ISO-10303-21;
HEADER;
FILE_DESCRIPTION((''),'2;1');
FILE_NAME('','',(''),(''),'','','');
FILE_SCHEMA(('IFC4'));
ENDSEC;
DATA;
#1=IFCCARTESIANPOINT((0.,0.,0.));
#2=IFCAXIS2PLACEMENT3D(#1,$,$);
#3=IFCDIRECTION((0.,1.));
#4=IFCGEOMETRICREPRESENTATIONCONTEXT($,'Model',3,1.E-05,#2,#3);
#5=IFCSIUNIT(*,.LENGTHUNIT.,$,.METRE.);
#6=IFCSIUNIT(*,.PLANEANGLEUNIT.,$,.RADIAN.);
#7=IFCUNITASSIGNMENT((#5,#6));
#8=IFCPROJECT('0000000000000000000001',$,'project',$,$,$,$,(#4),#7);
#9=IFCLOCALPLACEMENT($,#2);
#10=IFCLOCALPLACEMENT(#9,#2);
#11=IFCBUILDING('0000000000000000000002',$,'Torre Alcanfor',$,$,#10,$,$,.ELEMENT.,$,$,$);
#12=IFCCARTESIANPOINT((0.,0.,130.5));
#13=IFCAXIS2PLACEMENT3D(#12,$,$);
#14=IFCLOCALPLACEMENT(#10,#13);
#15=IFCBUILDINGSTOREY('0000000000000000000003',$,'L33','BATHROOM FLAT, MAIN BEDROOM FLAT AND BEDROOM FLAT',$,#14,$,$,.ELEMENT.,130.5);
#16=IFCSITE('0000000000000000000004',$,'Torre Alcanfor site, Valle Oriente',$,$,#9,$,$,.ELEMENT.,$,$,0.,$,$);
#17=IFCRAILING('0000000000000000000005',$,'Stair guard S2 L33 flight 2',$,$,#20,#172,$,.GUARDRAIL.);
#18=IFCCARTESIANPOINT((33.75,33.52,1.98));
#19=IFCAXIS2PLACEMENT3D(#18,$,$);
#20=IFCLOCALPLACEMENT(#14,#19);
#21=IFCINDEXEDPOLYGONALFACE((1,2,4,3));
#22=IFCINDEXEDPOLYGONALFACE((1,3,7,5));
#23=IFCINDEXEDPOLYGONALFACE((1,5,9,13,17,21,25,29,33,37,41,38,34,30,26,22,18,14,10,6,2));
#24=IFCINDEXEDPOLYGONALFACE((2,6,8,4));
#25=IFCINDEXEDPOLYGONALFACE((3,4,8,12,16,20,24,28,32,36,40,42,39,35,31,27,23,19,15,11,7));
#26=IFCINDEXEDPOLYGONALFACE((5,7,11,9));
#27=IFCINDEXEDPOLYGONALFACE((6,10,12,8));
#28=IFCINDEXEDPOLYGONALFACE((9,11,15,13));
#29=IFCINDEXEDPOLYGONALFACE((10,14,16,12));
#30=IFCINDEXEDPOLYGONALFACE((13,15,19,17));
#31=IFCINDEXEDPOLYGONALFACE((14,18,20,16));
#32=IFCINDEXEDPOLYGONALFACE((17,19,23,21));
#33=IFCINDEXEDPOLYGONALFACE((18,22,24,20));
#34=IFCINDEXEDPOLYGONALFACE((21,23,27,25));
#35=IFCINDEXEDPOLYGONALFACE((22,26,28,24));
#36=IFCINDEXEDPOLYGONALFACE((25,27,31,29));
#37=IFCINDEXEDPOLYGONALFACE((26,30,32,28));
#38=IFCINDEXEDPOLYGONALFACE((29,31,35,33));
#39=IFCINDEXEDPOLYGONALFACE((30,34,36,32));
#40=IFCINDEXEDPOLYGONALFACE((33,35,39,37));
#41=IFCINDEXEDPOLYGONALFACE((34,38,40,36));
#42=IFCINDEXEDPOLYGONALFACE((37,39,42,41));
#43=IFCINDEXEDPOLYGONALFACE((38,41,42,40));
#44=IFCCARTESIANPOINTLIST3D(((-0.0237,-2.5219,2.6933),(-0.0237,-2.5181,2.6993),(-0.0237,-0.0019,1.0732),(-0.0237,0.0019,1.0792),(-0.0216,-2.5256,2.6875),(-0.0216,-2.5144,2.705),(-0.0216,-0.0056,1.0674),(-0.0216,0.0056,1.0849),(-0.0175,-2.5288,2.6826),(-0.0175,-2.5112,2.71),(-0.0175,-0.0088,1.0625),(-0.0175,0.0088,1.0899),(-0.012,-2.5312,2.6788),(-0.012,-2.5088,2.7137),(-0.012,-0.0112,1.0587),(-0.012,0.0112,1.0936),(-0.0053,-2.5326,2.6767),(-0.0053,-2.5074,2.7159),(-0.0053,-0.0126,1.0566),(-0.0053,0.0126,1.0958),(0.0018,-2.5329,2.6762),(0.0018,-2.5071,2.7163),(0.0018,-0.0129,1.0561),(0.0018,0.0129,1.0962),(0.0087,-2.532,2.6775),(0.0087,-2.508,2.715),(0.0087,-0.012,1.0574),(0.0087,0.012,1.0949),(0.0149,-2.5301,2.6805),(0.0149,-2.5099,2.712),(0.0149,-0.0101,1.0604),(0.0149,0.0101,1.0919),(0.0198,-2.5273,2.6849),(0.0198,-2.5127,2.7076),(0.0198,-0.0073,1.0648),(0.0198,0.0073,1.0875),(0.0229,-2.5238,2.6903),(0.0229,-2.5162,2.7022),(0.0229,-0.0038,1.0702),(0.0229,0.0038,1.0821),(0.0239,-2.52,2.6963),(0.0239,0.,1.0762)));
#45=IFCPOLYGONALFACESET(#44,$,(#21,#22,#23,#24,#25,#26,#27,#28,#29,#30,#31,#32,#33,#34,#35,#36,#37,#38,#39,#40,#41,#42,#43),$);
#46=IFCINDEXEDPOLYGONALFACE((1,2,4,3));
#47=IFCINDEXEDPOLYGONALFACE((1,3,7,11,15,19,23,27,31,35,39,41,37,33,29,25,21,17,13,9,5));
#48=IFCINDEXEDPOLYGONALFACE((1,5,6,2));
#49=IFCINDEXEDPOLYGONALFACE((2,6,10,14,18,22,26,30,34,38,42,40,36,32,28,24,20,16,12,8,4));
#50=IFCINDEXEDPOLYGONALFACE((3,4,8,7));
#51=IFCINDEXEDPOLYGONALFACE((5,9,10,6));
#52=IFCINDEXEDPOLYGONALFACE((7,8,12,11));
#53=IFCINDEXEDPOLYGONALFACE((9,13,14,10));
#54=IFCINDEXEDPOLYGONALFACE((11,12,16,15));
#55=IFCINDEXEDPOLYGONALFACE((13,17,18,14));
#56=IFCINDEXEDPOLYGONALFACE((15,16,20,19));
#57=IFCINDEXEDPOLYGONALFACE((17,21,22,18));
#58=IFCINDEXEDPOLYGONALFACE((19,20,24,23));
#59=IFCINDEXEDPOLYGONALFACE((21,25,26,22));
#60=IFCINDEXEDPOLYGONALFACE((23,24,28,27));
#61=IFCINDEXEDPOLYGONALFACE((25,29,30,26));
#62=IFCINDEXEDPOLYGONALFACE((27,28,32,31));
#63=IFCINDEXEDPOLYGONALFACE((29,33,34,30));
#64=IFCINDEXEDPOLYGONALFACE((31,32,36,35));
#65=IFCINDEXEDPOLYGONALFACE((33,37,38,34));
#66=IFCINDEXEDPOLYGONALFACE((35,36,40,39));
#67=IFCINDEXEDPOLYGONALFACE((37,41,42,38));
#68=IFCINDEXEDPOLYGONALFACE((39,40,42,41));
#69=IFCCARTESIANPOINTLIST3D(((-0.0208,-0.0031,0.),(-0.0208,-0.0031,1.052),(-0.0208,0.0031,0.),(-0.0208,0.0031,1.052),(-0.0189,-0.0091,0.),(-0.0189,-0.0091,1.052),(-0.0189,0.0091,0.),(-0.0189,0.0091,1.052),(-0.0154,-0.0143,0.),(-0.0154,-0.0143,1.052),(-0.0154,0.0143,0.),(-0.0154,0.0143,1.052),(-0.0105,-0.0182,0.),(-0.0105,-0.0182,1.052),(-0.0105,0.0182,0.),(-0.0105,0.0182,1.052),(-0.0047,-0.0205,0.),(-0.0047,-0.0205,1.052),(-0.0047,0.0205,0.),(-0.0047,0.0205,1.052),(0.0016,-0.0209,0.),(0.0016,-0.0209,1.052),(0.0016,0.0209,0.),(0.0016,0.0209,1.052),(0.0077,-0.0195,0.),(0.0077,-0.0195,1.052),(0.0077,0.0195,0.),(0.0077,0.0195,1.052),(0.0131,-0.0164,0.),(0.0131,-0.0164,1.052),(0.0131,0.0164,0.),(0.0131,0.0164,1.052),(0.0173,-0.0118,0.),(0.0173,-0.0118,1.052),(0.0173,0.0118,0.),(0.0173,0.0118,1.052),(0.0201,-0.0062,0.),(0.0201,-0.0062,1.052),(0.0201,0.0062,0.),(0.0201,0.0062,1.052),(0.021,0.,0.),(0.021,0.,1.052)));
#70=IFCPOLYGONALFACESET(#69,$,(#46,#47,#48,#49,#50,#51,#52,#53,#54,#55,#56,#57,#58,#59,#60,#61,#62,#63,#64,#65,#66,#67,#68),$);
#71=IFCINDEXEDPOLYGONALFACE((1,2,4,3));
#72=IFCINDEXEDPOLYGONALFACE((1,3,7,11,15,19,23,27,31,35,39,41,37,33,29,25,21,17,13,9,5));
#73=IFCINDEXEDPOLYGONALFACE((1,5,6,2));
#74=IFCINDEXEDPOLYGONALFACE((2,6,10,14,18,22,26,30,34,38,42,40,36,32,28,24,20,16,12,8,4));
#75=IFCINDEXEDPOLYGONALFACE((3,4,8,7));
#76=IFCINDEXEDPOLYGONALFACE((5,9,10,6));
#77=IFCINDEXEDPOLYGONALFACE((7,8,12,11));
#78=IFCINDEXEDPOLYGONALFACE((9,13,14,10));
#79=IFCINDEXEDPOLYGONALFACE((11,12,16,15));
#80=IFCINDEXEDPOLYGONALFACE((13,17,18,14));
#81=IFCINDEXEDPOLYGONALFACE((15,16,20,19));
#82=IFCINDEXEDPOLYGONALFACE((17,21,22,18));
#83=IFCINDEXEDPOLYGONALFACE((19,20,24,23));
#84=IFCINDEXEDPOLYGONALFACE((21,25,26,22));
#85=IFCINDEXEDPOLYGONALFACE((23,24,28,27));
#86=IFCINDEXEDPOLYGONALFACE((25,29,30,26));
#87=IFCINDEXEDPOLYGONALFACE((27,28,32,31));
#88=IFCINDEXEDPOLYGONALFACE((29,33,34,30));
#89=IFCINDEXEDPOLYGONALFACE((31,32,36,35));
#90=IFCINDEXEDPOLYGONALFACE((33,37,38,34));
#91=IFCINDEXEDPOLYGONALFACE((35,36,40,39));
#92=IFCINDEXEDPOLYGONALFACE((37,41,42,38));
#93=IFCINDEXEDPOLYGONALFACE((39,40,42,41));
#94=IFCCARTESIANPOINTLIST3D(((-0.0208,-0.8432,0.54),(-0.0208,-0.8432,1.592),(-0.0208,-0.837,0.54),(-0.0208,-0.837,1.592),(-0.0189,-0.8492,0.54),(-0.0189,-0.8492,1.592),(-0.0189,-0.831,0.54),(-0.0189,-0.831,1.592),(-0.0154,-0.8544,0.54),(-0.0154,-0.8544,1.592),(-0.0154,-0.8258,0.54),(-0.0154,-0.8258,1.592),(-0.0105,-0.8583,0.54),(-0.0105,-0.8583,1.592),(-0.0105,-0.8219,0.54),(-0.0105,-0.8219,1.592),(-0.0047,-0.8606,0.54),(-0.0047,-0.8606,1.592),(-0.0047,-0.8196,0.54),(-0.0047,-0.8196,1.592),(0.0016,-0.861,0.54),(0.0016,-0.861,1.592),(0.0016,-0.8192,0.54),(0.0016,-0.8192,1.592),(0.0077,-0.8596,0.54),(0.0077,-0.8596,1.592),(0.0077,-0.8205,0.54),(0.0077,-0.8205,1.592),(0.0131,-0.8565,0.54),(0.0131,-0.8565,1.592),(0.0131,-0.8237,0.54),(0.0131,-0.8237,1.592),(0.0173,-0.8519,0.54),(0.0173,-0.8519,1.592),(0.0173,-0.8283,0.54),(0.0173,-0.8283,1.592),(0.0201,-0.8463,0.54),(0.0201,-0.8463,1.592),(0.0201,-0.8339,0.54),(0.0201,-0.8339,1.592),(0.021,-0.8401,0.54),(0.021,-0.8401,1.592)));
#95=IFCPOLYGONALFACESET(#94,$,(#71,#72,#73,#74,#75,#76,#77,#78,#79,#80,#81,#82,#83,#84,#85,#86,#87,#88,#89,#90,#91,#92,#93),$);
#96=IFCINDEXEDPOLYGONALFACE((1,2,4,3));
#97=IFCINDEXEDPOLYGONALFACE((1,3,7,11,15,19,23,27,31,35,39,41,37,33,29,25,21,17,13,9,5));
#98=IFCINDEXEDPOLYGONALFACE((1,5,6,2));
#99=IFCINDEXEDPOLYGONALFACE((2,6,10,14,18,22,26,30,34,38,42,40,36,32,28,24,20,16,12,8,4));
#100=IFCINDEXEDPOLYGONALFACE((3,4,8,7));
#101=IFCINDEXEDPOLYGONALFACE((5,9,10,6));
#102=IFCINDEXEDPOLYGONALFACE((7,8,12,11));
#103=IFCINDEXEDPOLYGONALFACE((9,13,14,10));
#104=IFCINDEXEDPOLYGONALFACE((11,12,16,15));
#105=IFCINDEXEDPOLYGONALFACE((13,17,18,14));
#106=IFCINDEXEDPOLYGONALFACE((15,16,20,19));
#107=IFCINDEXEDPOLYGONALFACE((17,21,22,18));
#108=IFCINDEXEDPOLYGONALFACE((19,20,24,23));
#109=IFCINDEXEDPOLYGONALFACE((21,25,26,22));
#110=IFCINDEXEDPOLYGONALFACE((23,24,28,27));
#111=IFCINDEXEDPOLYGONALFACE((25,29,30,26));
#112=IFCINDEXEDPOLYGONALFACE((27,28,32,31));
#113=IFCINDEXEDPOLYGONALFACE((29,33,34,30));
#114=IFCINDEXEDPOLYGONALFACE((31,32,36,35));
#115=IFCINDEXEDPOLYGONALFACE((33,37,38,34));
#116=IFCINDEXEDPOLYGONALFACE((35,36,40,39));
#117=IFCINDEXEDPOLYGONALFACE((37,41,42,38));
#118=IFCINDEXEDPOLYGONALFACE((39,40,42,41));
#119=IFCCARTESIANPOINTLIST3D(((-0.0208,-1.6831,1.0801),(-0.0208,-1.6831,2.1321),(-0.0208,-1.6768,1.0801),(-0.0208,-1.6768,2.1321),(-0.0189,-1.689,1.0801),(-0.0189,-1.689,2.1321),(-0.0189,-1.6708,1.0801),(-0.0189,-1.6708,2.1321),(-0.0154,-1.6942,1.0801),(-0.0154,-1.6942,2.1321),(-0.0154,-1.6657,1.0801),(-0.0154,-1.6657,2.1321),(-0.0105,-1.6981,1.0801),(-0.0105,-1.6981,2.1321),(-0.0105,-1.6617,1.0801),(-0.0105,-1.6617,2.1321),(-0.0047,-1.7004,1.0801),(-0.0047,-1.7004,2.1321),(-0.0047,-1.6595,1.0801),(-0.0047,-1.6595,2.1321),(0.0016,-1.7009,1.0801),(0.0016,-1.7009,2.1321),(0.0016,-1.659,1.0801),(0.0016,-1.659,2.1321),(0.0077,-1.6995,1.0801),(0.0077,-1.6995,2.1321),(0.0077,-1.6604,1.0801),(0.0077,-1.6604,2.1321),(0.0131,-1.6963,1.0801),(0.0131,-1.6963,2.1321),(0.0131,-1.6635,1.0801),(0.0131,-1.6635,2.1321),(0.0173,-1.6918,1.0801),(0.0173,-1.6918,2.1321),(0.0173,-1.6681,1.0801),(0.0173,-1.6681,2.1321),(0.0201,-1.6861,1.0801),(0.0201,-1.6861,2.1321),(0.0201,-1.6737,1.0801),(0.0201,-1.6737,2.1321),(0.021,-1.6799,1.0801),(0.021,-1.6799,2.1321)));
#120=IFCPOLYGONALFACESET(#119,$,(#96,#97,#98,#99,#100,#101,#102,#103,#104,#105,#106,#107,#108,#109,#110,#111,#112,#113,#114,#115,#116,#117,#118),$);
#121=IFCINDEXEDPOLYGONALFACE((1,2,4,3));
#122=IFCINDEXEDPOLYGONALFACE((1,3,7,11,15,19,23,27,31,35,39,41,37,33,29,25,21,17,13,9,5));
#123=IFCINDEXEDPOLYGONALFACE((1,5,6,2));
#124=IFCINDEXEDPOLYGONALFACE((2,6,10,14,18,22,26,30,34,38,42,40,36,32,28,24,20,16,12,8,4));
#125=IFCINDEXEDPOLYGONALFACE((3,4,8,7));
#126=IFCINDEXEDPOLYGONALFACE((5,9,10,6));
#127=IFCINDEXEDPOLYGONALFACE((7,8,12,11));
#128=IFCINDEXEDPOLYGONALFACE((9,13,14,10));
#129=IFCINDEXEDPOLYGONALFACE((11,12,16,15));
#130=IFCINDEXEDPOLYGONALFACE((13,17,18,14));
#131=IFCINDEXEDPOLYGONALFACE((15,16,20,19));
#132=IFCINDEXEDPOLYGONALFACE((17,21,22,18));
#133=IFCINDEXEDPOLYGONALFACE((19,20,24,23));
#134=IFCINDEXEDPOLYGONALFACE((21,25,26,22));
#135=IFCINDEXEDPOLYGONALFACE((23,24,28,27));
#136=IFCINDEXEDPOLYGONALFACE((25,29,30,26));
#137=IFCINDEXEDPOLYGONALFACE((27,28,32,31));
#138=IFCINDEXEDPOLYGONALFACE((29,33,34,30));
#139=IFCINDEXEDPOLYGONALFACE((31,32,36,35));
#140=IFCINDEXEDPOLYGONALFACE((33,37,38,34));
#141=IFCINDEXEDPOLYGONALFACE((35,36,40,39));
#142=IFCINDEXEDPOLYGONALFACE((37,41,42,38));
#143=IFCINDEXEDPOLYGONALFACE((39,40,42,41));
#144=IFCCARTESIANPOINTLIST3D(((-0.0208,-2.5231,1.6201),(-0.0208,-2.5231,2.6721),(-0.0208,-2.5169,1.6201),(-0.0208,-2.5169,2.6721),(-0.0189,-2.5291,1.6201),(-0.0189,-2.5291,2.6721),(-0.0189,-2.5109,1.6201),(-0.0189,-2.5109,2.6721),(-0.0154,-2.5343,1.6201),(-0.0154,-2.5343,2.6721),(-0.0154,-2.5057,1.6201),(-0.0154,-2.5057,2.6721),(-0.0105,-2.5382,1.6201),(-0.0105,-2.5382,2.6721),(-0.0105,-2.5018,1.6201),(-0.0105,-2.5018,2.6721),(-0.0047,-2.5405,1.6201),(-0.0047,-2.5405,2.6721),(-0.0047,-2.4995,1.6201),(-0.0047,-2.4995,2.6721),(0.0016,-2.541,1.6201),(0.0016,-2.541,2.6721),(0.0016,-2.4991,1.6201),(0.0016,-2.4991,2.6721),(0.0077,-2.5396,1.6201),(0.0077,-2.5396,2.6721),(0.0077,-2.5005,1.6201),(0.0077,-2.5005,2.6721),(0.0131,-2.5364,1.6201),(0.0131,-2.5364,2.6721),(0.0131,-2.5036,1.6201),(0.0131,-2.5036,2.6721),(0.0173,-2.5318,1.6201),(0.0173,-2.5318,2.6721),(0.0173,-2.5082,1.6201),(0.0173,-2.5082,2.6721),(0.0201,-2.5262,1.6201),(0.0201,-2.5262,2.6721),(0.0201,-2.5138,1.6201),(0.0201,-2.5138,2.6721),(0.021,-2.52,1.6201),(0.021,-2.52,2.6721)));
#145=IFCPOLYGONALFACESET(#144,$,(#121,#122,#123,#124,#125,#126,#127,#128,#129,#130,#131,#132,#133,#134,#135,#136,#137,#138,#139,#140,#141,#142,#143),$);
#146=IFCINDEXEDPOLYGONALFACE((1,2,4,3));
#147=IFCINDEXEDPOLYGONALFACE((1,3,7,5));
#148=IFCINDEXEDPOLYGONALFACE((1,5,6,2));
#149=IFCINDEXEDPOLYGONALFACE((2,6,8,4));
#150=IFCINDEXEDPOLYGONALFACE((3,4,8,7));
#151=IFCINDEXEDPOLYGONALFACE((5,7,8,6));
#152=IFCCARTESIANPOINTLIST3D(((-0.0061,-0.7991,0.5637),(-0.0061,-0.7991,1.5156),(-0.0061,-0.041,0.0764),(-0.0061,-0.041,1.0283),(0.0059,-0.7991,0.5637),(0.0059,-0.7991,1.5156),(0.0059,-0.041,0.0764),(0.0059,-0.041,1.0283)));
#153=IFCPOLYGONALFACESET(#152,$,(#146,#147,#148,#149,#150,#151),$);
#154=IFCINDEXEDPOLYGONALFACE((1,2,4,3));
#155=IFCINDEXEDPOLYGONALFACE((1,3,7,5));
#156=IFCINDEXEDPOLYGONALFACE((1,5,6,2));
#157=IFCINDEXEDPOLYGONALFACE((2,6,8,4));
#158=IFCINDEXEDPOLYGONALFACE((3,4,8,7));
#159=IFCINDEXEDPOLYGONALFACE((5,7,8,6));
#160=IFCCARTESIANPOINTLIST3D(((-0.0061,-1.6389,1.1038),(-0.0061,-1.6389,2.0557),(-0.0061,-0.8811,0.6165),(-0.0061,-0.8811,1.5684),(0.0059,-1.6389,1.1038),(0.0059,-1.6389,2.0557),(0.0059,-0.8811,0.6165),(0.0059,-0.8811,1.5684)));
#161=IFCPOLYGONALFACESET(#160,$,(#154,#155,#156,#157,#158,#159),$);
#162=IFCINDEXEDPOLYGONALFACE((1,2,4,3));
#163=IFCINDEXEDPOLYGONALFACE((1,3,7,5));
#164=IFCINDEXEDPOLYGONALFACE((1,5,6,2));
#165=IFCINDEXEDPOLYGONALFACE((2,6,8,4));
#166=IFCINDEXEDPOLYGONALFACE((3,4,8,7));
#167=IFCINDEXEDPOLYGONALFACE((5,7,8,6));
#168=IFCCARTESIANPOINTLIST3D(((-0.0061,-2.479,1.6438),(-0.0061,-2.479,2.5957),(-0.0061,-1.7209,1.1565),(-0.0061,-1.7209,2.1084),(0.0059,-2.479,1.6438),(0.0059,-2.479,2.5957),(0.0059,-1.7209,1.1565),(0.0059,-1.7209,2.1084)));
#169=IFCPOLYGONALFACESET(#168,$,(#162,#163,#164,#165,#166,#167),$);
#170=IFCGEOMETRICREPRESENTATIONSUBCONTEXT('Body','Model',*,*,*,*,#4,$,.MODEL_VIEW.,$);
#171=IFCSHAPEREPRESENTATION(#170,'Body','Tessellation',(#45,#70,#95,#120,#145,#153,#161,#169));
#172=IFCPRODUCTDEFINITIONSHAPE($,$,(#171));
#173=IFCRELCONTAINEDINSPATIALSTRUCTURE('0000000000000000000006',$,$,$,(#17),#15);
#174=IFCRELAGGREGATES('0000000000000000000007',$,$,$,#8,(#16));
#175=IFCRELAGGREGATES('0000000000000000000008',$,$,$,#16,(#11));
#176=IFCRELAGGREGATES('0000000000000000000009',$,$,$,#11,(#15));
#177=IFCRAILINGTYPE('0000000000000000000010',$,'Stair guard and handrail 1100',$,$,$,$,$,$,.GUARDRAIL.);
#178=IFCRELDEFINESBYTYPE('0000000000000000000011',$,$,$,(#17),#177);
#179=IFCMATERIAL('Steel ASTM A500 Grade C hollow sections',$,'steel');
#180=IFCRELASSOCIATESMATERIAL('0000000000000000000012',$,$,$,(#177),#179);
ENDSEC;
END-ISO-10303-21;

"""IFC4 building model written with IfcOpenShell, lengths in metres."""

from ifc_helpers import new_model, si_unit, direction, frame, origin, origin_2d, place, context, subcontext, project, spatial, polyline, circle, outline, extrude, material, type_object, element, save


model = new_model("IFC4")

# Units and contexts
model_context = context("Model", 3, precision=1e-05, world=origin(), true_north=direction((0.0, 1.0)))
body_context = subcontext(model_context, "Body", "Model", "MODEL_VIEW")
ifc_project = project(units=[si_unit("LENGTHUNIT", "METRE"), si_unit("PLANEANGLEUNIT", "RADIAN")], contexts=[model_context])

# Site, building, storey
site_placement = place(None, origin())
site = spatial("IfcSite", under=ifc_project, at=site_placement, Name="Torre Alcanfor site, Valle Oriente", CompositionType="ELEMENT", RefElevation=0.0)
building_placement = place(site_placement, origin())
building = spatial("IfcBuilding", under=site, at=building_placement, Name="Torre Alcanfor", CompositionType="ELEMENT")
storey_placement = place(building_placement, frame((0.0, 0.0, 130.5)))
storey = spatial("IfcBuildingStorey", under=building, at=storey_placement, Name="L33", Description="BATHROOM FLAT, MAIN BEDROOM FLAT AND BEDROOM FLAT", CompositionType="ELEMENT", Elevation=130.5)

# Railing
ifc_material_1 = material(Name="Steel ASTM A500 Grade C hollow sections", Category="steel")
railing_type_1 = type_object("IfcRailingType", Name="Stair guard and handrail 1100", PredefinedType="GUARDRAIL", material=ifc_material_1)
railing_1_placement = place(storey_placement, frame((33.75, 33.52, 1.98)))
element("IfcRailing", 1, at=railing_1_placement, inside=storey, type_object=railing_type_1, Name="Stair guard S2 L33 flight 2", PredefinedType="GUARDRAIL", context=body_context, shape_type="SweptSolid", body=[
    extrude(circle(Radius=0.0239, at=origin_2d()), frame((0.0, 0.0, 1.0762), z_axis=(0.0, -0.841163, 0.540782), x_axis=(1.0, 0.0, 0.0)), (0.0, 0.0, 1.0), 2.9958),
    extrude(circle(Radius=0.021, at=origin_2d()), origin(), (0.0, 0.0, 1.0), 1.052),
    extrude(circle(Radius=0.021, at=origin_2d()), frame((0.0, -0.8401, 0.54)), (0.0, 0.0, 1.0), 1.052),
    extrude(circle(Radius=0.021, at=origin_2d()), frame((0.0, -1.6799, 1.0801)), (0.0, 0.0, 1.0), 1.052),
    extrude(circle(Radius=0.021, at=origin_2d()), frame((0.0, -2.52, 1.6201)), (0.0, 0.0, 1.0), 1.052),
    extrude(outline(polyline([(0.041, 0.0764), (0.7991, 0.5637), (0.7991, 1.5156), (0.041, 1.0283), (0.041, 0.0764)])), frame((0.0059, 0.0, 0.0), z_axis=(-1.0, 0.0, 0.0), x_axis=(0.0, -1.0, 0.0)), (0.0, 0.0, 1.0), 0.012),
    extrude(outline(polyline([(0.8811, 0.6165), (1.6389, 1.1038), (1.6389, 2.0557), (0.8811, 1.5684), (0.8811, 0.6165)])), frame((0.0059, 0.0, 0.0), z_axis=(-1.0, 0.0, 0.0), x_axis=(0.0, -1.0, 0.0)), (0.0, 0.0, 1.0), 0.012),
    extrude(outline(polyline([(1.7209, 1.1565), (2.479, 1.6438), (2.479, 2.5957), (1.7209, 2.1084), (1.7209, 1.1565)])), frame((0.0059, 0.0, 0.0), z_axis=(-1.0, 0.0, 0.0), x_axis=(0.0, -1.0, 0.0)), (0.0, 0.0, 1.0), 0.012),
])

save(model, "model.ifc")
